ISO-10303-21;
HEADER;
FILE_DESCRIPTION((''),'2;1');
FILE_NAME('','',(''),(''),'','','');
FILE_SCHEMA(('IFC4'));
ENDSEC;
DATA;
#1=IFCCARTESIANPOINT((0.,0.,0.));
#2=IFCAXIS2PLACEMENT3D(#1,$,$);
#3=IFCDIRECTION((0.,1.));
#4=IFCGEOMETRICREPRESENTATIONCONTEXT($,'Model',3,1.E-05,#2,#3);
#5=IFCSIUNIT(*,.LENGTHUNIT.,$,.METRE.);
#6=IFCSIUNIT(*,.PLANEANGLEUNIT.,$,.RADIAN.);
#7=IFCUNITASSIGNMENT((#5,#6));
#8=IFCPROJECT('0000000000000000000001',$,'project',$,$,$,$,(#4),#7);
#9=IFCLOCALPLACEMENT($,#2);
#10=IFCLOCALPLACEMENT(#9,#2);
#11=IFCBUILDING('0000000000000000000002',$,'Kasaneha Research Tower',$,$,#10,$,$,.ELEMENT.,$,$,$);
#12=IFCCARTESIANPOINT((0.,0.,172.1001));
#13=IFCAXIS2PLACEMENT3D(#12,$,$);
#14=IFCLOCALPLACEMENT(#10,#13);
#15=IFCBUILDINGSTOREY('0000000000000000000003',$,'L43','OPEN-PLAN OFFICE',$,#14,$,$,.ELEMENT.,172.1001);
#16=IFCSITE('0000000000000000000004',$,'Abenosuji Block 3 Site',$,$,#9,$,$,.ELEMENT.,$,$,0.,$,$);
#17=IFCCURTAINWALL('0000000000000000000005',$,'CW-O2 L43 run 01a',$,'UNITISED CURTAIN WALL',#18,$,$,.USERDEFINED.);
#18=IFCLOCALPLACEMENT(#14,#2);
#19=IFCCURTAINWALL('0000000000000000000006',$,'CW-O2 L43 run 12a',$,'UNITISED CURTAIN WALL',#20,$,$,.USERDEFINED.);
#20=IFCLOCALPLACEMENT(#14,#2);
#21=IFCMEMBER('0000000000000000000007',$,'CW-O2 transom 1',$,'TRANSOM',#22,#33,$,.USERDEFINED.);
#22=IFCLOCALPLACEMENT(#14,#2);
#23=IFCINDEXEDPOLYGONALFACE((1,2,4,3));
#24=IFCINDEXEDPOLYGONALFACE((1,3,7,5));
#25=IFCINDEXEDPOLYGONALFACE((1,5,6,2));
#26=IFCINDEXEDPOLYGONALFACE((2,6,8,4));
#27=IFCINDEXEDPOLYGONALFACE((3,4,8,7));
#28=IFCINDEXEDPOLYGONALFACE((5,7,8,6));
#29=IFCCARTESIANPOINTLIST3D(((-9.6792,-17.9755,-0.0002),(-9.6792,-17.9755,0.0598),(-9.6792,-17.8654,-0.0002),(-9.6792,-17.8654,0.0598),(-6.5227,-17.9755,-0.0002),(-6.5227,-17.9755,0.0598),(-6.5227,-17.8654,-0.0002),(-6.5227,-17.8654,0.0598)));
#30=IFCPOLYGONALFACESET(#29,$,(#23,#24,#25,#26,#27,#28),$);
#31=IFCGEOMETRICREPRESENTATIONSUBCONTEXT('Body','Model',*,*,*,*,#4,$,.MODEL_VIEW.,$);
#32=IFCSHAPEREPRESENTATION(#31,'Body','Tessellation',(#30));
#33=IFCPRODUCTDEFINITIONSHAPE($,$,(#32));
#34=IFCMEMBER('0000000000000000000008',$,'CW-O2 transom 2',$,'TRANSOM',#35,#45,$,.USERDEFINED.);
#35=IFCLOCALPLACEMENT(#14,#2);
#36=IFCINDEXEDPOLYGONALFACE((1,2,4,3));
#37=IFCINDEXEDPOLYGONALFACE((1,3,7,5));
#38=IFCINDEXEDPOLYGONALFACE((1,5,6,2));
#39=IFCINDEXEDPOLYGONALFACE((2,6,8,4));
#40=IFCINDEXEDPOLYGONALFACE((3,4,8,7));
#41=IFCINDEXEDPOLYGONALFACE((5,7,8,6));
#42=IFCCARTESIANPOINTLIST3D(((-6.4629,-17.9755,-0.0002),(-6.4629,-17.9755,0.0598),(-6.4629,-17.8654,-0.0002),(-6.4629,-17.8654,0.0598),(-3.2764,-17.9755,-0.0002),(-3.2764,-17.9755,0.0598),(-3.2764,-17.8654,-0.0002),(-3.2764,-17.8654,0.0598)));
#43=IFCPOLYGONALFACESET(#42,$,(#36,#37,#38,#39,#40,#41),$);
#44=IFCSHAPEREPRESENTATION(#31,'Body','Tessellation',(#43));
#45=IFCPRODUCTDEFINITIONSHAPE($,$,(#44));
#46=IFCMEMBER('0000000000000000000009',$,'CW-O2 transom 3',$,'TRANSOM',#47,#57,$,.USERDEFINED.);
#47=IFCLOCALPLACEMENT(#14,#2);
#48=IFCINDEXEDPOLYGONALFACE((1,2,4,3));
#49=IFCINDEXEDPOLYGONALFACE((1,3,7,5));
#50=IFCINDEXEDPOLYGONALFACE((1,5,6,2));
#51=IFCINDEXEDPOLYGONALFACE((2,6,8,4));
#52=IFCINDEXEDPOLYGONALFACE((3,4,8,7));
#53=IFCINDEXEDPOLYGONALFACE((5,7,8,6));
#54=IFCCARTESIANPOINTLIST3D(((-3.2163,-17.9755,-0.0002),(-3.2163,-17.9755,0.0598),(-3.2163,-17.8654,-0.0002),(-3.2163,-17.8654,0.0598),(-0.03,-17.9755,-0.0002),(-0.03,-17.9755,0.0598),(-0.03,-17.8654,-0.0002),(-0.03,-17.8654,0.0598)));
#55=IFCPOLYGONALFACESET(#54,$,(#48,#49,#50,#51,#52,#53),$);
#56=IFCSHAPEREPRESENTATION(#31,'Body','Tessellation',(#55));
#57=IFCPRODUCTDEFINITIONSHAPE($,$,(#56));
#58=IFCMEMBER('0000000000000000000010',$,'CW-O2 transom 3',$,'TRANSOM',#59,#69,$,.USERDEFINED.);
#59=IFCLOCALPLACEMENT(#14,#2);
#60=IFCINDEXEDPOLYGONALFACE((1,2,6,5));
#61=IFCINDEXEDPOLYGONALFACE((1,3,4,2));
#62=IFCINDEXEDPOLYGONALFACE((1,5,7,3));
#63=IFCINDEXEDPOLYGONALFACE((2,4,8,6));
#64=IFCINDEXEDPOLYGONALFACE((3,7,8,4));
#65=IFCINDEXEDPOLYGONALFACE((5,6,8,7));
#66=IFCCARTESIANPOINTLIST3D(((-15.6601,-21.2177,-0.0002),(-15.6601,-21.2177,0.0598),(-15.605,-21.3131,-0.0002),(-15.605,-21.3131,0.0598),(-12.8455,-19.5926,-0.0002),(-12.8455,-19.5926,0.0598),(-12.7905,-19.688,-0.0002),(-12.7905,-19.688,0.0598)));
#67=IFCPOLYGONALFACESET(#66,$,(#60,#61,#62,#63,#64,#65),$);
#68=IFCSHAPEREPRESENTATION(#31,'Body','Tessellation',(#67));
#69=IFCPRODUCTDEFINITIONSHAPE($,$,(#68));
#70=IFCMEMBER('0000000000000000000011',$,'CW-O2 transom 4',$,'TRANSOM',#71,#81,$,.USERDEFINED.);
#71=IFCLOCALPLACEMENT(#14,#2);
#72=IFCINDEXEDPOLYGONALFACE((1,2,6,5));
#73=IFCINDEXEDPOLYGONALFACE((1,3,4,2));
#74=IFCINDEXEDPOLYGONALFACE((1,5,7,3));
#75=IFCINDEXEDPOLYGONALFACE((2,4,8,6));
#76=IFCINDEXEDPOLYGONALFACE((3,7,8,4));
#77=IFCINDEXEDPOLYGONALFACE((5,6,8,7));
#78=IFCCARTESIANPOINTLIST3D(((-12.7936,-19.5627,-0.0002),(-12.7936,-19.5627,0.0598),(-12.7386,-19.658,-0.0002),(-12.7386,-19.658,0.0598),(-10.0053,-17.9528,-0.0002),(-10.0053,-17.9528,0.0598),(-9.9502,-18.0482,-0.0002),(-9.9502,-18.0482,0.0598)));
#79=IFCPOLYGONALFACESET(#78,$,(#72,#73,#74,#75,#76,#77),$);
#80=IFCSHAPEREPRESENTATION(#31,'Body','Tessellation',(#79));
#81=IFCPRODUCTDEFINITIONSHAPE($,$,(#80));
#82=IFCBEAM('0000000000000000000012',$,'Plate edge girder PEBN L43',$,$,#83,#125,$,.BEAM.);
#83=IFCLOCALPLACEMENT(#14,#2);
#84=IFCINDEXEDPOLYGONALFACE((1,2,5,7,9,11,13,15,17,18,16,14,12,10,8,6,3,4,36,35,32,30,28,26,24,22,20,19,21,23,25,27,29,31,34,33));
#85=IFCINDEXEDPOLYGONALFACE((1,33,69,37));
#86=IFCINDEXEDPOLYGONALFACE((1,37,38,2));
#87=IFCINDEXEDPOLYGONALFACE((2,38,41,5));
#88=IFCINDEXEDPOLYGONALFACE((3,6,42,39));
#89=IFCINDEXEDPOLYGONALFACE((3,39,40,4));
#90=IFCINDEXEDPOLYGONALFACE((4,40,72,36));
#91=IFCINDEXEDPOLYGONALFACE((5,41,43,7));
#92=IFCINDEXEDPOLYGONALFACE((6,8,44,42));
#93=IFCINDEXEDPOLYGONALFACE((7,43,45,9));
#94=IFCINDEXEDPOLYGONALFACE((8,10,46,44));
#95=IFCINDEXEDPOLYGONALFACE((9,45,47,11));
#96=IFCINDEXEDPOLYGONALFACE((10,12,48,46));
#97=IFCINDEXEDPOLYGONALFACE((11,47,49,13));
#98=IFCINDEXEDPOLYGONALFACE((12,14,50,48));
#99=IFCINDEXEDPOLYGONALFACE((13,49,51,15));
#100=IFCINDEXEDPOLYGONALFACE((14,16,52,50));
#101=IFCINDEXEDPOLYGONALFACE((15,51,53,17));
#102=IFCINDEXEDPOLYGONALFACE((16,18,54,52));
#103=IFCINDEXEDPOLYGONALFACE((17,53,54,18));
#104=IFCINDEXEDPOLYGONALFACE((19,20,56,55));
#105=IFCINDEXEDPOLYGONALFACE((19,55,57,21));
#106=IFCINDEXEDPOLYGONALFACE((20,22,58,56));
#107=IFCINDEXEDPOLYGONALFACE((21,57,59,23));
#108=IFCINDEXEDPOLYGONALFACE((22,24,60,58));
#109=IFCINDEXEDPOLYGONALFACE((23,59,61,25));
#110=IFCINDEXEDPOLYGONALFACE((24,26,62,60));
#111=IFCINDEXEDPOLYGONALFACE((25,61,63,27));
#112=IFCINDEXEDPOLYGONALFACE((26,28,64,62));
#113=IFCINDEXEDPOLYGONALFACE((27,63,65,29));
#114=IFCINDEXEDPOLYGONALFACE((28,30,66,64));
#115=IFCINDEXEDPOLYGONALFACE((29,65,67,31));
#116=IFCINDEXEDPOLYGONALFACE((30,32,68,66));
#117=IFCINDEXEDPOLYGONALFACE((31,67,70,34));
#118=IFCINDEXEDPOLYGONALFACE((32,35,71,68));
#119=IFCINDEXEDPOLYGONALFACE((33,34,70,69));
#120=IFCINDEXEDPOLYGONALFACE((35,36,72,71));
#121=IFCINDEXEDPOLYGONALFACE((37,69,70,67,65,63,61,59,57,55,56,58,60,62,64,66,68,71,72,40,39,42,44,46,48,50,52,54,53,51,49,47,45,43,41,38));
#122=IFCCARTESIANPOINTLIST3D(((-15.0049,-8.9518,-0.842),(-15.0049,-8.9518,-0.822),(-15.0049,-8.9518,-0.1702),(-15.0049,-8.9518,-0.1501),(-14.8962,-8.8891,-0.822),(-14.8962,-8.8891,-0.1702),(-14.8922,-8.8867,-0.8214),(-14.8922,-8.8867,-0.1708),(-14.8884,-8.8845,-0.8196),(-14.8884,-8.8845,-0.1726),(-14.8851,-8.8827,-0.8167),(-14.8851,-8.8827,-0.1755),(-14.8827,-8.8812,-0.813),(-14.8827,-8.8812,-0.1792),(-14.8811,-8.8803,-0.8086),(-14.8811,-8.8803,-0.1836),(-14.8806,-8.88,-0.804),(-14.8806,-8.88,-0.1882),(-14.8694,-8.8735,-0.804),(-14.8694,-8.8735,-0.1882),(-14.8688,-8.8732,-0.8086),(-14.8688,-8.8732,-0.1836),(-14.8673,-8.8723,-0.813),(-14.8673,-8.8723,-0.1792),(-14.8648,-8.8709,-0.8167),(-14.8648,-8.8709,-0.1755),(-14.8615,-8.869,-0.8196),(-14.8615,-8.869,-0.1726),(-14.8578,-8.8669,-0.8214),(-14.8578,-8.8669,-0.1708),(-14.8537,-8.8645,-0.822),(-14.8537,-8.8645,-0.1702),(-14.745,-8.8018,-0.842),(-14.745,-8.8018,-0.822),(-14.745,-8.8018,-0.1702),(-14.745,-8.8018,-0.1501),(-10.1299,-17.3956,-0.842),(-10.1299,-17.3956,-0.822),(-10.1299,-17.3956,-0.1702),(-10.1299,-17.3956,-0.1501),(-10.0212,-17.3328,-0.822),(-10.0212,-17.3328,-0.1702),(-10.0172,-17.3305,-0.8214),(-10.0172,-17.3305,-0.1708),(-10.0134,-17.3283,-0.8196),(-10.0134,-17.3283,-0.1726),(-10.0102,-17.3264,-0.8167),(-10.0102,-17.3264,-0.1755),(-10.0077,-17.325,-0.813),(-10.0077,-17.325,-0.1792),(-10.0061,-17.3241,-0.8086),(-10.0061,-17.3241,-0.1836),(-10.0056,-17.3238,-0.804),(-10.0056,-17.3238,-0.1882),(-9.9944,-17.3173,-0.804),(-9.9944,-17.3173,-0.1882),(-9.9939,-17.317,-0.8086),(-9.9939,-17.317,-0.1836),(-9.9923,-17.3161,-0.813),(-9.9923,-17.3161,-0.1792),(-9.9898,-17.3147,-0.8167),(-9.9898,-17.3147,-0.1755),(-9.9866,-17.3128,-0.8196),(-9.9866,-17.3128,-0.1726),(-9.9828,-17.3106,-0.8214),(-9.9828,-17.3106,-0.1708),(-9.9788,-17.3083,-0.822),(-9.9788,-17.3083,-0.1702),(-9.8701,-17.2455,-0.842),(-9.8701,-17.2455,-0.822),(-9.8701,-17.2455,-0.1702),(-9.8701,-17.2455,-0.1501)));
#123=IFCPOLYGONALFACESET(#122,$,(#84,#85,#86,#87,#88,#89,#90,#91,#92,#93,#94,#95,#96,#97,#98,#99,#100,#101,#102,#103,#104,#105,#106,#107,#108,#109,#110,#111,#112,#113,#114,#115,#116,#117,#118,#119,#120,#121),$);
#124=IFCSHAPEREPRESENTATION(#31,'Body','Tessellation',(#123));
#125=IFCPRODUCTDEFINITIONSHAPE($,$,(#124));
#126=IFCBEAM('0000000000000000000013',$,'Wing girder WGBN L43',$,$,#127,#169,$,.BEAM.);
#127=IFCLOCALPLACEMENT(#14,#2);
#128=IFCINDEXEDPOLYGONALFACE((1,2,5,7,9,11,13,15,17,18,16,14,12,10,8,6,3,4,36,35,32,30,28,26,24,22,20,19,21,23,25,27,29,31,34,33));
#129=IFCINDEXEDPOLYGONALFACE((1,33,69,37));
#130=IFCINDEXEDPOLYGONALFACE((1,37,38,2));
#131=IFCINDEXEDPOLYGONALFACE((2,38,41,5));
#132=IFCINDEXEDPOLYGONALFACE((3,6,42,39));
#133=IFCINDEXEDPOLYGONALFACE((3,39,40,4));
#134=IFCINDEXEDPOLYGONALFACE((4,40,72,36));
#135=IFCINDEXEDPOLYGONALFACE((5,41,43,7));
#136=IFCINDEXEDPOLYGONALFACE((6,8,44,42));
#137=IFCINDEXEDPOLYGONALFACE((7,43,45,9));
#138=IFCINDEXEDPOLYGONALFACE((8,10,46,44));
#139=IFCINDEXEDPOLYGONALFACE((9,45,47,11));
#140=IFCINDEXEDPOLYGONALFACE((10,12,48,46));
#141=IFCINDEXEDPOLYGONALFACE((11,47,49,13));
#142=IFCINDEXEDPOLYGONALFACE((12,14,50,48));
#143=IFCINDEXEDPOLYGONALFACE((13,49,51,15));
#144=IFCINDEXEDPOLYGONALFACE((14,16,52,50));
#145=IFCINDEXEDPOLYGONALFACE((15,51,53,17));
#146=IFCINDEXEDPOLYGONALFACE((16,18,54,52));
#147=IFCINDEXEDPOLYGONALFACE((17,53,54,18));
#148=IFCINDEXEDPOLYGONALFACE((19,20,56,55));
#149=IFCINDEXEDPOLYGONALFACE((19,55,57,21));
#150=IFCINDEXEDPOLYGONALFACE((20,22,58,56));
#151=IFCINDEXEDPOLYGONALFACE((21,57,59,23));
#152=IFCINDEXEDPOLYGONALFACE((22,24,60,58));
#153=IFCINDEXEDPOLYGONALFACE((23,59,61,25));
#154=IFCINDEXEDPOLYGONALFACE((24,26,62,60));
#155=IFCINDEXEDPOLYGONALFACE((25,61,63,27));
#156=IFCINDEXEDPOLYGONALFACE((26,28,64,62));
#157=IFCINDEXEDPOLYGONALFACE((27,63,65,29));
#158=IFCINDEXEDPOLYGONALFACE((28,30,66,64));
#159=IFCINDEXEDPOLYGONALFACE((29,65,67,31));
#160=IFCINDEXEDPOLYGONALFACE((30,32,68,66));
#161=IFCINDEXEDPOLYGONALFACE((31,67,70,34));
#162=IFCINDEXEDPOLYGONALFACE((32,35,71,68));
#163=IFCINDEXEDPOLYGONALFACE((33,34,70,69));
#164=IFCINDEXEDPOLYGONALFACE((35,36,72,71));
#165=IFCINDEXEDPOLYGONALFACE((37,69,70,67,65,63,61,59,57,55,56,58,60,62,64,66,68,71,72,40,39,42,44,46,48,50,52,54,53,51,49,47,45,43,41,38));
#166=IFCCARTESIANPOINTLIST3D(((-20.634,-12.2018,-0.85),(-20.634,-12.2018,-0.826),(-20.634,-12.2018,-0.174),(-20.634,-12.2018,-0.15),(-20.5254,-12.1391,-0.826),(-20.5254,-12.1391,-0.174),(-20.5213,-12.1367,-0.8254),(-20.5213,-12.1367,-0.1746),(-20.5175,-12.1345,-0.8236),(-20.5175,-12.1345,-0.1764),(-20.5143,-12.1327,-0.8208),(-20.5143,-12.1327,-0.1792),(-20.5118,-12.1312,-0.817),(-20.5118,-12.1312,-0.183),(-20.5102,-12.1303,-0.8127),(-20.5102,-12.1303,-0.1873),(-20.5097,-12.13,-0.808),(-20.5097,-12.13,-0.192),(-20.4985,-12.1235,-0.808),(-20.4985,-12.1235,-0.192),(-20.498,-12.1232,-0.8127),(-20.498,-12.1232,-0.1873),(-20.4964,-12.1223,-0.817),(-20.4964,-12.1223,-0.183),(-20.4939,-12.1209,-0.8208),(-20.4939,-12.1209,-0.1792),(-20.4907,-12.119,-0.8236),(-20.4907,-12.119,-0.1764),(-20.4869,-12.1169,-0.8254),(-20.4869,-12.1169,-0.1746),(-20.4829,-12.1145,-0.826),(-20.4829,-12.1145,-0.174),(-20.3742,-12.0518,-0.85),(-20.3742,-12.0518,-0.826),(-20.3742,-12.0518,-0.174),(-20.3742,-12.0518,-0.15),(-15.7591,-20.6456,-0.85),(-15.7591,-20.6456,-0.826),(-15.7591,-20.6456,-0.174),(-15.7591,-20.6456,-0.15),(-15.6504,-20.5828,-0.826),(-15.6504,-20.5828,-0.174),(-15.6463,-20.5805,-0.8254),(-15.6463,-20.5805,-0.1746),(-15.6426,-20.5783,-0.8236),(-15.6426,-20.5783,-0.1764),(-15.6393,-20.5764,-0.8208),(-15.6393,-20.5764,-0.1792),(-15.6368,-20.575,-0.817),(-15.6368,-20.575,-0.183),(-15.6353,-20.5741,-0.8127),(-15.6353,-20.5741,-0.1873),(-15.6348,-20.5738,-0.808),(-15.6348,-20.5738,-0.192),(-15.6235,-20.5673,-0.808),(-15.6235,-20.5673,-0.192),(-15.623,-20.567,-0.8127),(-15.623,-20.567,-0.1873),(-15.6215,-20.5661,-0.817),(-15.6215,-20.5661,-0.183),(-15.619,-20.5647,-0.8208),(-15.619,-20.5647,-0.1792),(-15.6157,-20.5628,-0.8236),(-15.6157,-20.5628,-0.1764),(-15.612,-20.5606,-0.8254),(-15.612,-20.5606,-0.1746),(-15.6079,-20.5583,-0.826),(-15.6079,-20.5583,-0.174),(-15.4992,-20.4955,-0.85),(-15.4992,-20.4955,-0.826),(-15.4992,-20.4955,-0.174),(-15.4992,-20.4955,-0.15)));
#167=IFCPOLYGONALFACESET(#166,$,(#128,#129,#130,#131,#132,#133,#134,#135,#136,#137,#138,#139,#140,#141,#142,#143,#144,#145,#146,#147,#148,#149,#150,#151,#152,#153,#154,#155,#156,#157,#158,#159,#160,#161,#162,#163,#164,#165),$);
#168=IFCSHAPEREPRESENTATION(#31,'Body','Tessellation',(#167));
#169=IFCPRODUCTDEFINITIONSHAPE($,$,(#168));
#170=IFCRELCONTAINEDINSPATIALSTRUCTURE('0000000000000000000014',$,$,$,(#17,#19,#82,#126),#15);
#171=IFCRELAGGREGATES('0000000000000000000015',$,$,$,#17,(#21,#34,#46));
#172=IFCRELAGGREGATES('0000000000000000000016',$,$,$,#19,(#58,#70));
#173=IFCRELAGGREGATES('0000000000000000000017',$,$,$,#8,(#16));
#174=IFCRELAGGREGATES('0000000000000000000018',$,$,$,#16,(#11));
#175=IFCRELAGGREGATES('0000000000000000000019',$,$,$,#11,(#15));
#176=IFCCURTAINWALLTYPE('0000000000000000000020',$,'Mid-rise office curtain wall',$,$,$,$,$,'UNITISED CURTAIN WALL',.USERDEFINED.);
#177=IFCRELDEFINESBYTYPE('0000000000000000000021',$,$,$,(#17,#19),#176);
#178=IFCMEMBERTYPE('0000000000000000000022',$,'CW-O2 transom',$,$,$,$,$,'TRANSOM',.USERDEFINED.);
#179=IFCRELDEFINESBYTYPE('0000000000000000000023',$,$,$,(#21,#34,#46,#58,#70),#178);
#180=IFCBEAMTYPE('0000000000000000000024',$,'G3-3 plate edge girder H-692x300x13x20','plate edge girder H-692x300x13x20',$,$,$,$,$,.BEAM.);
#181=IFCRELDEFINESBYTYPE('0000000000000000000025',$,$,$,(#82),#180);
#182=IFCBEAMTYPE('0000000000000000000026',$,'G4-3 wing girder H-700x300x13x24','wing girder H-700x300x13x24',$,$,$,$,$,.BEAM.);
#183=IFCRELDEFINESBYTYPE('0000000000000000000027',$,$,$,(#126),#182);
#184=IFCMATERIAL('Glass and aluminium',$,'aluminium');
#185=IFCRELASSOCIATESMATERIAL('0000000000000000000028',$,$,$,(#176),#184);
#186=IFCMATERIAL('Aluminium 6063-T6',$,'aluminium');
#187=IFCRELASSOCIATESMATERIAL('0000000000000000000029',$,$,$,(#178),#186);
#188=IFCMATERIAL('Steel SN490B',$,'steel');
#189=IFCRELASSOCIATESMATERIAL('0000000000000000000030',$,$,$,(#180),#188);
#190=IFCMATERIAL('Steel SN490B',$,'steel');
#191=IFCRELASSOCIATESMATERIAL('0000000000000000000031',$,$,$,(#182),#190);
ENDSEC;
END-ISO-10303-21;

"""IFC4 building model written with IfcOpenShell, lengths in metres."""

from ifc_helpers import new_model, si_unit, direction, frame, origin, origin_2d, place, context, subcontext, project, spatial, rectangle, i_section, extrude, material, material_profile, profile_set, type_object, element, aggregate, save


model = new_model("IFC4")

# Units and contexts
model_context = context("Model", 3, precision=1e-05, world=origin(), true_north=direction((0.0, 1.0)))
body_context = subcontext(model_context, "Body", "Model", "MODEL_VIEW")
ifc_project = project(units=[si_unit("LENGTHUNIT", "METRE"), si_unit("PLANEANGLEUNIT", "RADIAN")], contexts=[model_context])

# Site, building, storey
site_placement = place(None, origin())
site = spatial("IfcSite", under=ifc_project, at=site_placement, Name="Abenosuji Block 3 Site", CompositionType="ELEMENT", RefElevation=0.0)
building_placement = place(site_placement, origin())
building = spatial("IfcBuilding", under=site, at=building_placement, Name="Kasaneha Research Tower", CompositionType="ELEMENT")
storey_placement = place(building_placement, frame((0.0, 0.0, 172.1001)))
storey = spatial("IfcBuildingStorey", under=building, at=storey_placement, Name="L43", Description="OPEN-PLAN OFFICE", CompositionType="ELEMENT", Elevation=172.1001)

# Curtain walls
ifc_material_1 = material(Name="Glass and aluminium", Category="aluminium")
curtain_wall_type = type_object("IfcCurtainWallType", Name="Mid-rise office curtain wall", ElementType="UNITISED CURTAIN WALL", PredefinedType="USERDEFINED", material=ifc_material_1)
curtain_wall_1_placement = place(storey_placement, origin())
curtain_wall_1 = element("IfcCurtainWall", 1, at=curtain_wall_1_placement, inside=storey, type_object=curtain_wall_type, Name="CW-O2 L43 run 01a", ObjectType="UNITISED CURTAIN WALL", PredefinedType="USERDEFINED")
curtain_wall_2_placement = place(storey_placement, origin())
curtain_wall_2 = element("IfcCurtainWall", 2, at=curtain_wall_2_placement, inside=storey, type_object=curtain_wall_type, Name="CW-O2 L43 run 12a", ObjectType="UNITISED CURTAIN WALL", PredefinedType="USERDEFINED")

# Members
ifc_material_2 = material(Name="Aluminium 6063-T6", Category="aluminium")
ifc_material_profile_1 = material_profile(ifc_material_2, rectangle(XDim=0.1101, YDim=0.0601, at=origin_2d()), Name="CW-O2 transom 110x60")
ifc_profile_set_1 = profile_set([ifc_material_profile_1], Name="Aluminium 6063-T6")
member_type_1 = type_object("IfcMemberType", Name="CW-O2 transom", ElementType="TRANSOM", PredefinedType="USERDEFINED", material=ifc_profile_set_1)
member_1_placement = place(storey_placement, frame((-9.6792, -17.9204, 0.0298), z_axis=(1.0, 0.0, 0.0), x_axis=(0.0, 1.0, 0.0)))
member_1 = element("IfcMember", 3, at=member_1_placement, type_object=member_type_1, Name="CW-O2 transom 1", ObjectType="TRANSOM", PredefinedType="USERDEFINED", context=body_context, shape_type="SweptSolid", body=[
    extrude(rectangle(XDim=0.1101, YDim=0.0601, at=origin_2d()), origin(), (0.0, 0.0, 1.0), 3.1565),
])
member_2_placement = place(storey_placement, frame((-6.4629, -17.9204, 0.0298), z_axis=(1.0, 0.0, 0.0), x_axis=(0.0, 1.0, 0.0)))
member_2 = element("IfcMember", 4, at=member_2_placement, type_object=member_type_1, Name="CW-O2 transom 2", ObjectType="TRANSOM", PredefinedType="USERDEFINED", context=body_context, shape_type="SweptSolid", body=[
    extrude(rectangle(XDim=0.1101, YDim=0.0601, at=origin_2d()), origin(), (0.0, 0.0, 1.0), 3.1865),
])
member_3_placement = place(storey_placement, frame((-3.2163, -17.9204, 0.0298), z_axis=(1.0, 0.0, 0.0), x_axis=(0.0, 1.0, 0.0)))
member_3 = element("IfcMember", 5, at=member_3_placement, type_object=member_type_1, Name="CW-O2 transom 3", ObjectType="TRANSOM", PredefinedType="USERDEFINED", context=body_context, shape_type="SweptSolid", body=[
    extrude(rectangle(XDim=0.1101, YDim=0.0601, at=origin_2d()), origin(), (0.0, 0.0, 1.0), 3.1863),
])
member_4_placement = place(storey_placement, frame((-15.6326, -21.2654, 0.0298), z_axis=(0.866015, 0.500017, 0.0), x_axis=(-0.500017, 0.866015, 0.0)))
member_4 = element("IfcMember", 6, at=member_4_placement, type_object=member_type_1, Name="CW-O2 transom 3", ObjectType="TRANSOM", PredefinedType="USERDEFINED", context=body_context, shape_type="SweptSolid", body=[
    extrude(rectangle(XDim=0.1101, YDim=0.0601, at=origin_2d()), origin(), (0.0, 0.0, 1.0), 3.25),
])
member_5_placement = place(storey_placement, frame((-12.7661, -19.6104, 0.0298), z_axis=(0.866023, 0.500005, 0.0), x_axis=(-0.500005, 0.866023, 0.0)))
member_5 = element("IfcMember", 7, at=member_5_placement, type_object=member_type_1, Name="CW-O2 transom 4", ObjectType="TRANSOM", PredefinedType="USERDEFINED", context=body_context, shape_type="SweptSolid", body=[
    extrude(rectangle(XDim=0.1101, YDim=0.0601, at=origin_2d()), origin(), (0.0, 0.0, 1.0), 3.2197),
])

# Beams
ifc_material_3 = material(Name="Steel SN490B", Category="steel")
ifc_material_profile_2 = material_profile(ifc_material_3, i_section(OverallWidth=0.3, OverallDepth=0.6919, WebThickness=0.0129, FlangeThickness=0.02, FilletRadius=0.0181, at=origin_2d()), Name="H-692x300x13x20")
ifc_profile_set_2 = profile_set([ifc_material_profile_2], Name="Steel SN490B")
beam_type_1 = type_object("IfcBeamType", Name="G3-3 plate edge girder H-692x300x13x20", Description="plate edge girder H-692x300x13x20", PredefinedType="BEAM", material=ifc_profile_set_2)
beam_1_placement = place(storey_placement, frame((-10.0, -17.3206, -0.4961), z_axis=(-0.499996, 0.866028, 0.0), x_axis=(-0.866028, -0.499996, 0.0)))
element("IfcBeam", 8, at=beam_1_placement, inside=storey, type_object=beam_type_1, Name="Plate edge girder PEBN L43", PredefinedType="BEAM", context=body_context, shape_type="SweptSolid", body=[
    extrude(i_section(OverallWidth=0.3, OverallDepth=0.6919, WebThickness=0.0129, FlangeThickness=0.02, FilletRadius=0.0181, at=origin_2d()), origin(), (0.0, 0.0, 1.0), 9.75),
])
ifc_material_4 = material(Name="Steel SN490B", Category="steel")
ifc_material_profile_3 = material_profile(ifc_material_4, i_section(OverallWidth=0.3, OverallDepth=0.7, WebThickness=0.0129, FlangeThickness=0.0239, FilletRadius=0.0181, at=origin_2d()), Name="H-700x300x13x24")
ifc_profile_set_3 = profile_set([ifc_material_profile_3], Name="Steel SN490B")
beam_type_2 = type_object("IfcBeamType", Name="G4-3 wing girder H-700x300x13x24", Description="wing girder H-700x300x13x24", PredefinedType="BEAM", material=ifc_profile_set_3)
beam_2_placement = place(storey_placement, frame((-15.6292, -20.5706, -0.5), z_axis=(-0.499996, 0.866028, 0.0), x_axis=(-0.866028, -0.499996, 0.0)))
element("IfcBeam", 9, at=beam_2_placement, inside=storey, type_object=beam_type_2, Name="Wing girder WGBN L43", PredefinedType="BEAM", context=body_context, shape_type="SweptSolid", body=[
    extrude(i_section(OverallWidth=0.3, OverallDepth=0.7, WebThickness=0.0129, FlangeThickness=0.0239, FilletRadius=0.0181, at=origin_2d()), origin(), (0.0, 0.0, 1.0), 9.75),
])

aggregate(curtain_wall_1, [member_1, member_2, member_3])
aggregate(curtain_wall_2, [member_4, member_5])

save(model, "model.ifc")
